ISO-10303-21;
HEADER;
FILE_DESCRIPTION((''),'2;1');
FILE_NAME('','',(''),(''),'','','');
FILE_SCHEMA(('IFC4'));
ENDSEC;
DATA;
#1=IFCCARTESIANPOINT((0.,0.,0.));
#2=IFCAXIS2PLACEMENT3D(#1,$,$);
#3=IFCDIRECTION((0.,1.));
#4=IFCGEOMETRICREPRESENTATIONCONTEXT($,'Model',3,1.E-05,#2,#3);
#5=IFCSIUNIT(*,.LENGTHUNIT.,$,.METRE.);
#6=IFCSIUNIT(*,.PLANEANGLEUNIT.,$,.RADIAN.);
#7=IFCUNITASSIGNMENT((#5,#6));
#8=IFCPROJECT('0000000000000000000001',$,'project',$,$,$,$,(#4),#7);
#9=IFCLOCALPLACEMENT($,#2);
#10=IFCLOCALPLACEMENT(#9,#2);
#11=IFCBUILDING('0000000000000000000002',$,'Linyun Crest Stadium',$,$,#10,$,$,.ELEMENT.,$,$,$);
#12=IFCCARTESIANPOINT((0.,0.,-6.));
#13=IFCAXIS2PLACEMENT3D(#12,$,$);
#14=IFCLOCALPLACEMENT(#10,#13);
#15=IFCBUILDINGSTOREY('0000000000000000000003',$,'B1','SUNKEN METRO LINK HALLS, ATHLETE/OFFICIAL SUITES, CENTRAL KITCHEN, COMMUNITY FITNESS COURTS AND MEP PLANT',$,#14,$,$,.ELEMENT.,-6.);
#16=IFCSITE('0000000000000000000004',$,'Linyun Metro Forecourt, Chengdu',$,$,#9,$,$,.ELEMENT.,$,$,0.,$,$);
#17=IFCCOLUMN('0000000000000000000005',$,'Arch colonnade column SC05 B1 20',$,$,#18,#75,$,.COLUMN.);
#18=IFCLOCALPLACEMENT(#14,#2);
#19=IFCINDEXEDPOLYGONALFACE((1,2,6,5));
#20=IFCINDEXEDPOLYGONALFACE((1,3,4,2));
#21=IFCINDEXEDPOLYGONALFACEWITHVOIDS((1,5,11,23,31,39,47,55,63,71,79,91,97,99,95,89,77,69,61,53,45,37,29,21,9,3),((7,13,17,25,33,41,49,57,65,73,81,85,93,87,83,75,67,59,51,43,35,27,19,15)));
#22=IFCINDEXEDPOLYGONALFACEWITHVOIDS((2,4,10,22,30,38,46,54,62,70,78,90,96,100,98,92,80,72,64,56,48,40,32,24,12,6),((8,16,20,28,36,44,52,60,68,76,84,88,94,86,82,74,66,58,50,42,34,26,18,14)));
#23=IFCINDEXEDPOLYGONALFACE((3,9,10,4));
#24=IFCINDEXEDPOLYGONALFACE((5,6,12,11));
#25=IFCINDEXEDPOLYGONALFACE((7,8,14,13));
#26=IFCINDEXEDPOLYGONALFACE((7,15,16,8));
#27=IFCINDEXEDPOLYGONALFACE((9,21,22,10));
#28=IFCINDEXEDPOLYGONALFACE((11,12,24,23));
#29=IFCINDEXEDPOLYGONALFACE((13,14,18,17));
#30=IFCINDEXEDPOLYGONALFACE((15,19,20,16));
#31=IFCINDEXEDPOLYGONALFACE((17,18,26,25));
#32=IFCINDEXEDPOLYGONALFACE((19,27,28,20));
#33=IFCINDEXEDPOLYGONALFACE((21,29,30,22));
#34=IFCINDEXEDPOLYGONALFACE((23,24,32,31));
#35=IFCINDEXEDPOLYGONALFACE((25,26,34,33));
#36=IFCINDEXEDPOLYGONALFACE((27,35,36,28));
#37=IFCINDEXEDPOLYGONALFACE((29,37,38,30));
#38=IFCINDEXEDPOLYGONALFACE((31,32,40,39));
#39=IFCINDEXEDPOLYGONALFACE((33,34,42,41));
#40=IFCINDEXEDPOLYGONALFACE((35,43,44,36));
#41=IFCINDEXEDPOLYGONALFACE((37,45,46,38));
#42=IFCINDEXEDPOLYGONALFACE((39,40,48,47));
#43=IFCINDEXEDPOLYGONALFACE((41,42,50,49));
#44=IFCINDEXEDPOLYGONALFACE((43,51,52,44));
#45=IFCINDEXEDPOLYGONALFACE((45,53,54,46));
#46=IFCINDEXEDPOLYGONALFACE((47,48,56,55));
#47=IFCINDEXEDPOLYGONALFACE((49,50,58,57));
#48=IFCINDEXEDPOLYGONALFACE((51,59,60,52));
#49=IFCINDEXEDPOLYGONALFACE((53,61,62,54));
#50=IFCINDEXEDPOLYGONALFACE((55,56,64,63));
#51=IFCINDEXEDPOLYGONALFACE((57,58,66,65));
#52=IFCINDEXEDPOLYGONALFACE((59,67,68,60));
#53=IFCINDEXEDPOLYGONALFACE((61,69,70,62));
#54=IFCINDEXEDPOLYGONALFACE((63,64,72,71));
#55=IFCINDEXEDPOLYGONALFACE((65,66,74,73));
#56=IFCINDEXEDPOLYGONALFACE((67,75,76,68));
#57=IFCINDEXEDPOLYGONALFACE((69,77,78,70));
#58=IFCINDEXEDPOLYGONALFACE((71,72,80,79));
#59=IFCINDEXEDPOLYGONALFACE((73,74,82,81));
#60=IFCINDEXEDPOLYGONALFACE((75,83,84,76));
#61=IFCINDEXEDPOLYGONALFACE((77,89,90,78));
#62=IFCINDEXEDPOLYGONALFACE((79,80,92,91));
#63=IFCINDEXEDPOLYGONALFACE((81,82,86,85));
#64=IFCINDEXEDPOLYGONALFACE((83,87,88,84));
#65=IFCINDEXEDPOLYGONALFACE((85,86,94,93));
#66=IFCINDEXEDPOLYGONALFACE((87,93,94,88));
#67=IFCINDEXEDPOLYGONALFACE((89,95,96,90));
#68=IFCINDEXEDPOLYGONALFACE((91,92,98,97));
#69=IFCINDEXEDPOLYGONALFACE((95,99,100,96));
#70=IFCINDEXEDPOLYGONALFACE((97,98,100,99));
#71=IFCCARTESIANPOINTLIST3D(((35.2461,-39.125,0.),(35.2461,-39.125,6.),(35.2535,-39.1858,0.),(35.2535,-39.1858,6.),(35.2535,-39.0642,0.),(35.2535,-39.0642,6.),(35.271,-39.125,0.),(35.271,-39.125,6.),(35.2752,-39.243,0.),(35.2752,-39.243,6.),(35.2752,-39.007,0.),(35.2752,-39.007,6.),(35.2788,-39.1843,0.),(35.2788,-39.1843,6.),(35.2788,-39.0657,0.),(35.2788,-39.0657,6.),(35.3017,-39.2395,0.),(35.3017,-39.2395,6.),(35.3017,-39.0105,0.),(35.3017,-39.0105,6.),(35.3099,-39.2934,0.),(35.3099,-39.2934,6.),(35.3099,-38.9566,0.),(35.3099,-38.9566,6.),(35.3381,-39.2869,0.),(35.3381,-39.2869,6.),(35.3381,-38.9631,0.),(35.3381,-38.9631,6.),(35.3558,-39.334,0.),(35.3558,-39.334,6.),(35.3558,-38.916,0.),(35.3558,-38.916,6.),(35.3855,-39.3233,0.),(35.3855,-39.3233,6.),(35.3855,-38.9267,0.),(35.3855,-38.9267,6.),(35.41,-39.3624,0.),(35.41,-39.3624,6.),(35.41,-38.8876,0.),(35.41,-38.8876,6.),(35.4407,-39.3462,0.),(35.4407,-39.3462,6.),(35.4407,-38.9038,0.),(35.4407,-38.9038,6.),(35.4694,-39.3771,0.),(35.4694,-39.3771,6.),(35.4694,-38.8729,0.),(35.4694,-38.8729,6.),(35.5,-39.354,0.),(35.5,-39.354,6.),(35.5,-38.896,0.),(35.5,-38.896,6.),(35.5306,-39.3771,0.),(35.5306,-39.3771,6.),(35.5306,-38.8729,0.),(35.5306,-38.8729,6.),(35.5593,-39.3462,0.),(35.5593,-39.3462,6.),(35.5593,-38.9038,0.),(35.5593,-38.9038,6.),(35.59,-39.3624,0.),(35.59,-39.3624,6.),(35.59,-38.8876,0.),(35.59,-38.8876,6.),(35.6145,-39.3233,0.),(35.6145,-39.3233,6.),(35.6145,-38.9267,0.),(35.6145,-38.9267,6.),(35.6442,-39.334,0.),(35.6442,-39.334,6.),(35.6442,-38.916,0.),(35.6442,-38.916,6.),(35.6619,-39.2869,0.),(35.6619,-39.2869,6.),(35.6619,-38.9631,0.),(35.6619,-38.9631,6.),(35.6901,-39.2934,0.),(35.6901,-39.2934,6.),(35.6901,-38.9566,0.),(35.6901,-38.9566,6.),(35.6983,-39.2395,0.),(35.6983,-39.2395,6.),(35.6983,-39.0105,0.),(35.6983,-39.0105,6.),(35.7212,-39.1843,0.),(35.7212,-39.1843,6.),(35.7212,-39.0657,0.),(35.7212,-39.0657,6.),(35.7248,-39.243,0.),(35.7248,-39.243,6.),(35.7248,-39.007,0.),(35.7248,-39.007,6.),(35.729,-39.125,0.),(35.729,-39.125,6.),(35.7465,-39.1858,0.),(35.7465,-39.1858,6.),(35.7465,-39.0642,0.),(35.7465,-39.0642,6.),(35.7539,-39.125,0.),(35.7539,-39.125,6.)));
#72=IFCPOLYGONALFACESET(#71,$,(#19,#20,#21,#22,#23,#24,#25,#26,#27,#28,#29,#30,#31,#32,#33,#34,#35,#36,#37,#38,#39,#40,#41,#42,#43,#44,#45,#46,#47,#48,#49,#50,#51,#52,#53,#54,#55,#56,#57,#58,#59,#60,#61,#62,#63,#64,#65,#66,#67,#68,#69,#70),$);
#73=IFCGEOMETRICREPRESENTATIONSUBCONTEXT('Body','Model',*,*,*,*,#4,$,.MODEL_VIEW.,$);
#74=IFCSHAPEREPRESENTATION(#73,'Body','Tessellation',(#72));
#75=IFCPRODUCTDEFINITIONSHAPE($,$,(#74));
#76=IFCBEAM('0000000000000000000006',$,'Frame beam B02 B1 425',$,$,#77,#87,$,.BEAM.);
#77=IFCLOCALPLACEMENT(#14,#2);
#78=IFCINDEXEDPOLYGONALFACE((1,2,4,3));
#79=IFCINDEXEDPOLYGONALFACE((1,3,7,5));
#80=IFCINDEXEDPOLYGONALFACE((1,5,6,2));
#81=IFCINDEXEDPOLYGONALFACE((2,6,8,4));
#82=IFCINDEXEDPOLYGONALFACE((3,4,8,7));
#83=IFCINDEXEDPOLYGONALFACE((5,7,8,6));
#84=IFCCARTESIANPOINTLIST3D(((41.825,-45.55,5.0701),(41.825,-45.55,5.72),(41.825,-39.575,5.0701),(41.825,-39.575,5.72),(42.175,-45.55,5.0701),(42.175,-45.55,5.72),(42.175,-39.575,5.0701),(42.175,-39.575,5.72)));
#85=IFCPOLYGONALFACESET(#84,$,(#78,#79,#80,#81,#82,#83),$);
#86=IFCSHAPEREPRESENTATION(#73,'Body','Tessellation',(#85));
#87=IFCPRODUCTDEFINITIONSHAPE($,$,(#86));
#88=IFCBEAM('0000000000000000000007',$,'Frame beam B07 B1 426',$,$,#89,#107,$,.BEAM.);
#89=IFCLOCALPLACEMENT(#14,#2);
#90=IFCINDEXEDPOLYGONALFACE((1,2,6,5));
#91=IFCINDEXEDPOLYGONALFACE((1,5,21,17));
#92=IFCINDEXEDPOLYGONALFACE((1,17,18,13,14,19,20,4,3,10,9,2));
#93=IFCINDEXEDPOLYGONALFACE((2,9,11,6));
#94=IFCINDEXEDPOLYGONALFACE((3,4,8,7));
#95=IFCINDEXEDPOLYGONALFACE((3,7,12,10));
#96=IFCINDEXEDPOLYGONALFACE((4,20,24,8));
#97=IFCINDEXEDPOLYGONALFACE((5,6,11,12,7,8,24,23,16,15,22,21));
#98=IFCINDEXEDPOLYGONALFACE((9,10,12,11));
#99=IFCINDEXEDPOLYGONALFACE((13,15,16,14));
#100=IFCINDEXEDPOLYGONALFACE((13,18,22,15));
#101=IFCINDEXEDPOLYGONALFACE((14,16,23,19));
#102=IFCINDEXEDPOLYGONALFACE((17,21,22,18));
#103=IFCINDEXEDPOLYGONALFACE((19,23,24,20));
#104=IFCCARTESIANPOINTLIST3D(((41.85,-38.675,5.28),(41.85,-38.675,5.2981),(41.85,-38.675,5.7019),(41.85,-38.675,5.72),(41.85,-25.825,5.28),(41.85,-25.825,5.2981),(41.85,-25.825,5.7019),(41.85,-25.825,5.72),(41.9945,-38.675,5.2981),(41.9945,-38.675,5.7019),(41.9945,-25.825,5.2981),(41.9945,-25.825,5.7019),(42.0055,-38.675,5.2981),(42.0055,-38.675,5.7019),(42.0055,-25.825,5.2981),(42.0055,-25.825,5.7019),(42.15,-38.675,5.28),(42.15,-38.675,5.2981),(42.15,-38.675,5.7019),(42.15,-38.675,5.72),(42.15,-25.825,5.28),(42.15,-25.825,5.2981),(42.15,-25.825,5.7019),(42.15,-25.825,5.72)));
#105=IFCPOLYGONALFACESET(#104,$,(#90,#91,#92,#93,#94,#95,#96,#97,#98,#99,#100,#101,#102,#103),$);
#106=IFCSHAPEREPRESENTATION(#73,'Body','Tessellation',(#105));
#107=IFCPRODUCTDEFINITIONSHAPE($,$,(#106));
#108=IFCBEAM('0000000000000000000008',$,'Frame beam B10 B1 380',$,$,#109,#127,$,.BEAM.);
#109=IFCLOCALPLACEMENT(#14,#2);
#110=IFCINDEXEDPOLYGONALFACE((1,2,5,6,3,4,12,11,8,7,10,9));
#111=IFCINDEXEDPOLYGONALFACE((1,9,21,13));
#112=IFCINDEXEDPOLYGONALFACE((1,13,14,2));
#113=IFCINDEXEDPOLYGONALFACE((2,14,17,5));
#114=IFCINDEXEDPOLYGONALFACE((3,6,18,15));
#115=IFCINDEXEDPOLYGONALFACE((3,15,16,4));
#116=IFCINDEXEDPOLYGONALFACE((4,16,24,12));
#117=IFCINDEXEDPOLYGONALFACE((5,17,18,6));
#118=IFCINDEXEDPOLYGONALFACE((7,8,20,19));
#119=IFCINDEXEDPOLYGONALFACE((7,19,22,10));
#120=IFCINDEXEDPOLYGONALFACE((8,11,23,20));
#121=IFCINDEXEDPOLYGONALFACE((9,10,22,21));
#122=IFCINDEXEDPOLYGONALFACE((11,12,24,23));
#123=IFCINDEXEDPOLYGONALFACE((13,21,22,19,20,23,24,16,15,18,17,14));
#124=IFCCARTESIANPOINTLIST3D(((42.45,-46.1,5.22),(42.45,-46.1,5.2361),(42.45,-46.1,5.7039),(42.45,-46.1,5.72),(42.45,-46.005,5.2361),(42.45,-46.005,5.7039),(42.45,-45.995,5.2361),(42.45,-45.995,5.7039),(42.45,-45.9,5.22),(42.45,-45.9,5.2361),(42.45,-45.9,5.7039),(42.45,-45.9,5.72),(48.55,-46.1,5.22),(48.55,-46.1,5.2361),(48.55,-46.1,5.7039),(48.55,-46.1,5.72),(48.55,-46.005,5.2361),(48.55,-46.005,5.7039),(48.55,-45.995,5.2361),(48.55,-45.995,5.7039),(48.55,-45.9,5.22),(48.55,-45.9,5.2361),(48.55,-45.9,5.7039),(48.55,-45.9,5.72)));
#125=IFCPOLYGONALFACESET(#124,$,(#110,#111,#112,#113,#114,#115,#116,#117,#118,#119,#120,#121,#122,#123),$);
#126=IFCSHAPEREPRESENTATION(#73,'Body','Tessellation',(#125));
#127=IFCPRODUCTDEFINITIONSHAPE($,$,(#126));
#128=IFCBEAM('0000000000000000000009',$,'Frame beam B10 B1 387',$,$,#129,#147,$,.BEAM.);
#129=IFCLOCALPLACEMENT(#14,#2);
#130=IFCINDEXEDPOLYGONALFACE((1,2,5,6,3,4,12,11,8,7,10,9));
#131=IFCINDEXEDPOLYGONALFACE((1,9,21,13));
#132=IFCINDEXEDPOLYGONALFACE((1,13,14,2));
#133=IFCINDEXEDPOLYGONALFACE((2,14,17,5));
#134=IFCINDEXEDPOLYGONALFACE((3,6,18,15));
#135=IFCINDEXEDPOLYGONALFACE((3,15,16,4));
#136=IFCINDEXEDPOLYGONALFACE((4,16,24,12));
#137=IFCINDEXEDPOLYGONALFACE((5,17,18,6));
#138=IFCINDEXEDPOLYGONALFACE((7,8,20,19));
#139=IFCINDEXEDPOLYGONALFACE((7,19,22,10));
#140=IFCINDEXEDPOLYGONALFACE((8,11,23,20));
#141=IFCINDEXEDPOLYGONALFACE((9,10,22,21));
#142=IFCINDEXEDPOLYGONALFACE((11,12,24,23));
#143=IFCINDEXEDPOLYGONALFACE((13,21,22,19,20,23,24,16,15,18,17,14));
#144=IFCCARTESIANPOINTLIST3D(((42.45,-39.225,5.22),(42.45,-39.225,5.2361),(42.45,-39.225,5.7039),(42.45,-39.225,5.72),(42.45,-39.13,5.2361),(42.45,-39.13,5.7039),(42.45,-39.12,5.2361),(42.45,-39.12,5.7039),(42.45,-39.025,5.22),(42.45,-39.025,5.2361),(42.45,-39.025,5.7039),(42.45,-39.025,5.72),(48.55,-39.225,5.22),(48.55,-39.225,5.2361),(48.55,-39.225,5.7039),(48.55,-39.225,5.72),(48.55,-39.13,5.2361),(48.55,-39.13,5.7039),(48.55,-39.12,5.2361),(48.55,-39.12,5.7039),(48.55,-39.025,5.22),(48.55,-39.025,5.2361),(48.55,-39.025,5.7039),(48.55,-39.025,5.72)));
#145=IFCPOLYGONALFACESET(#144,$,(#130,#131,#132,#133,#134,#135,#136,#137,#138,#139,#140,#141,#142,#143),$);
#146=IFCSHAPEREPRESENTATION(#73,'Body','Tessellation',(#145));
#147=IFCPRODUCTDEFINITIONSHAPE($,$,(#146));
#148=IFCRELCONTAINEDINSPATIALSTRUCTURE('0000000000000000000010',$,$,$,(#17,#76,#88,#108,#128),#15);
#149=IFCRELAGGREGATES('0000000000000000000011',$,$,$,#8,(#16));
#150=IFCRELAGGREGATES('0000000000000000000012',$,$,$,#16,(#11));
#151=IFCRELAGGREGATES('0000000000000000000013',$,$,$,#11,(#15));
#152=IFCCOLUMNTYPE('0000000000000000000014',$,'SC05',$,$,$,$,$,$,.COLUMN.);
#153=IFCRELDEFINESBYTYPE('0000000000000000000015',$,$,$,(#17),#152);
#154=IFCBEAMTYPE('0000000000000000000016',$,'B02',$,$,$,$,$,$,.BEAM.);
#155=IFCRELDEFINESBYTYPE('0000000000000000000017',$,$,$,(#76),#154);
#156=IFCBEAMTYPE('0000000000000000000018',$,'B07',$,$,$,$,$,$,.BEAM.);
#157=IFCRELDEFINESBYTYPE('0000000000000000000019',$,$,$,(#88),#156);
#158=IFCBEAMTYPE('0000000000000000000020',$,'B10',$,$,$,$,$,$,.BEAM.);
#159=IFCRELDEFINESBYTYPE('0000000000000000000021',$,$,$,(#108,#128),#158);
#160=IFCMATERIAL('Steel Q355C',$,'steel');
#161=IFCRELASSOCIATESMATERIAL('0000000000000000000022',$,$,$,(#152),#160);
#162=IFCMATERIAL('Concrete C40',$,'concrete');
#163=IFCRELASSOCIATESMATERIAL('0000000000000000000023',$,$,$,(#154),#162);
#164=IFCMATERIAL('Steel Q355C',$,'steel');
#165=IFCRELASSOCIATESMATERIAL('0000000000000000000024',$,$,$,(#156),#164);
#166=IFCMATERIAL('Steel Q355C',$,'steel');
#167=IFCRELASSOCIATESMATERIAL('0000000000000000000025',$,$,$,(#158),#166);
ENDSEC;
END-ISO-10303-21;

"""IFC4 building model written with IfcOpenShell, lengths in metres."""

from ifc_helpers import new_model, si_unit, direction, frame, origin, origin_2d, place, context, subcontext, project, spatial, rectangle, hollow_circle, i_section, extrude, material, material_profile, profile_set, type_object, element, save


model = new_model("IFC4")

# Units and contexts
model_context = context("Model", 3, precision=1e-05, world=origin(), true_north=direction((0.0, 1.0)))
body_context = subcontext(model_context, "Body", "Model", "MODEL_VIEW")
ifc_project = project(units=[si_unit("LENGTHUNIT", "METRE"), si_unit("PLANEANGLEUNIT", "RADIAN")], contexts=[model_context])

# Site, building, storey
site_placement = place(None, origin())
site = spatial("IfcSite", under=ifc_project, at=site_placement, Name="Linyun Metro Forecourt, Chengdu", CompositionType="ELEMENT", RefElevation=0.0)
building_placement = place(site_placement, origin())
building = spatial("IfcBuilding", under=site, at=building_placement, Name="Linyun Crest Stadium", CompositionType="ELEMENT")
storey_placement = place(building_placement, frame((0.0, 0.0, -6.0)))
storey = spatial("IfcBuildingStorey", under=building, at=storey_placement, Name="B1", Description="SUNKEN METRO LINK HALLS, ATHLETE/OFFICIAL SUITES, CENTRAL KITCHEN, COMMUNITY FITNESS COURTS AND MEP PLANT", CompositionType="ELEMENT", Elevation=-6.0)

# Column
ifc_material_1 = material(Name="Steel Q355C", Category="steel")
ifc_material_profile_1 = material_profile(ifc_material_1, hollow_circle(Radius=0.2539, WallThickness=0.0249, at=origin_2d()), Name="CHS 508x25")
ifc_profile_set_1 = profile_set([ifc_material_profile_1], Name="Steel Q355C")
column_type_1 = type_object("IfcColumnType", Name="SC05", PredefinedType="COLUMN", material=ifc_profile_set_1)
for number, where, z_axis, x_axis, name in (
    (1, (35.5, -39.125, 0.0), (0.0, 0.0, 1.0), (1.0, 0.0, 0.0), "Arch colonnade column SC05 B1 20"),
):
    element("IfcColumn", number, at=place(storey_placement, frame(where, z_axis=z_axis, x_axis=x_axis)), inside=storey, type_object=column_type_1, Name=name, PredefinedType="COLUMN", context=body_context, shape_type="SweptSolid", body=[
        extrude(hollow_circle(Radius=0.2539, WallThickness=0.0249, at=origin_2d()), origin(), (0.0, 0.0, 1.0), 6.0),
    ])

# Beams
ifc_material_2 = material(Name="Concrete C40", Category="concrete")
ifc_material_profile_2 = material_profile(ifc_material_2, rectangle(XDim=0.3501, YDim=0.6499, at=origin_2d()), Name="RCB 650x350")
ifc_profile_set_2 = profile_set([ifc_material_profile_2], Name="Concrete C40")
beam_type_1 = type_object("IfcBeamType", Name="B02", PredefinedType="BEAM", material=ifc_profile_set_2)
beam_1_placement = place(storey_placement, frame((42.0, -45.55, 5.395), z_axis=(0.0, 1.0, 0.0), x_axis=(-1.0, 0.0, 0.0)))
element("IfcBeam", 2, at=beam_1_placement, inside=storey, type_object=beam_type_1, Name="Frame beam B02 B1 425", PredefinedType="BEAM", context=body_context, shape_type="SweptSolid", body=[
    extrude(rectangle(XDim=0.3501, YDim=0.6499, at=origin_2d()), origin(), (0.0, 0.0, 1.0), 5.9751),
])
ifc_material_3 = material(Name="Steel Q355C", Category="steel")
ifc_material_profile_3 = material_profile(ifc_material_3, i_section(OverallWidth=0.3, OverallDepth=0.4399, WebThickness=0.011, FlangeThickness=0.0181, at=origin_2d()), Name="HM 440x300")
ifc_profile_set_3 = profile_set([ifc_material_profile_3], Name="Steel Q355C")
beam_type_2 = type_object("IfcBeamType", Name="B07", PredefinedType="BEAM", material=ifc_profile_set_3)
beam_2_placement = place(storey_placement, frame((42.0, -38.675, 5.5), z_axis=(0.0, 1.0, 0.0), x_axis=(-1.0, 0.0, 0.0)))
element("IfcBeam", 3, at=beam_2_placement, inside=storey, type_object=beam_type_2, Name="Frame beam B07 B1 426", PredefinedType="BEAM", context=body_context, shape_type="SweptSolid", body=[
    extrude(i_section(OverallWidth=0.3, OverallDepth=0.4399, WebThickness=0.011, FlangeThickness=0.0181, at=origin_2d()), origin(), (0.0, 0.0, 1.0), 12.8501),
])
ifc_material_4 = material(Name="Steel Q355C", Category="steel")
ifc_material_profile_4 = material_profile(ifc_material_4, i_section(OverallWidth=0.2, OverallDepth=0.5, WebThickness=0.01, FlangeThickness=0.0161, at=origin_2d()), Name="HN 500x200")
ifc_profile_set_4 = profile_set([ifc_material_profile_4], Name="Steel Q355C")
beam_type_3 = type_object("IfcBeamType", Name="B10", PredefinedType="BEAM", material=ifc_profile_set_4)
for number, where, z_axis, x_axis, name in (
    (4, (42.45, -46.0, 5.47), (1.0, 0.0, 0.0), (0.0, 1.0, 0.0), "Frame beam B10 B1 380"),
    (5, (42.45, -39.125, 5.47), (1.0, 0.0, 0.0), (0.0, 1.0, 0.0), "Frame beam B10 B1 387"),
):
    element("IfcBeam", number, at=place(storey_placement, frame(where, z_axis=z_axis, x_axis=x_axis)), inside=storey, type_object=beam_type_3, Name=name, PredefinedType="BEAM", context=body_context, shape_type="SweptSolid", body=[
        extrude(i_section(OverallWidth=0.2, OverallDepth=0.5, WebThickness=0.01, FlangeThickness=0.0161, at=origin_2d()), origin(), (0.0, 0.0, 1.0), 6.1001),
    ])

save(model, "model.ifc")
